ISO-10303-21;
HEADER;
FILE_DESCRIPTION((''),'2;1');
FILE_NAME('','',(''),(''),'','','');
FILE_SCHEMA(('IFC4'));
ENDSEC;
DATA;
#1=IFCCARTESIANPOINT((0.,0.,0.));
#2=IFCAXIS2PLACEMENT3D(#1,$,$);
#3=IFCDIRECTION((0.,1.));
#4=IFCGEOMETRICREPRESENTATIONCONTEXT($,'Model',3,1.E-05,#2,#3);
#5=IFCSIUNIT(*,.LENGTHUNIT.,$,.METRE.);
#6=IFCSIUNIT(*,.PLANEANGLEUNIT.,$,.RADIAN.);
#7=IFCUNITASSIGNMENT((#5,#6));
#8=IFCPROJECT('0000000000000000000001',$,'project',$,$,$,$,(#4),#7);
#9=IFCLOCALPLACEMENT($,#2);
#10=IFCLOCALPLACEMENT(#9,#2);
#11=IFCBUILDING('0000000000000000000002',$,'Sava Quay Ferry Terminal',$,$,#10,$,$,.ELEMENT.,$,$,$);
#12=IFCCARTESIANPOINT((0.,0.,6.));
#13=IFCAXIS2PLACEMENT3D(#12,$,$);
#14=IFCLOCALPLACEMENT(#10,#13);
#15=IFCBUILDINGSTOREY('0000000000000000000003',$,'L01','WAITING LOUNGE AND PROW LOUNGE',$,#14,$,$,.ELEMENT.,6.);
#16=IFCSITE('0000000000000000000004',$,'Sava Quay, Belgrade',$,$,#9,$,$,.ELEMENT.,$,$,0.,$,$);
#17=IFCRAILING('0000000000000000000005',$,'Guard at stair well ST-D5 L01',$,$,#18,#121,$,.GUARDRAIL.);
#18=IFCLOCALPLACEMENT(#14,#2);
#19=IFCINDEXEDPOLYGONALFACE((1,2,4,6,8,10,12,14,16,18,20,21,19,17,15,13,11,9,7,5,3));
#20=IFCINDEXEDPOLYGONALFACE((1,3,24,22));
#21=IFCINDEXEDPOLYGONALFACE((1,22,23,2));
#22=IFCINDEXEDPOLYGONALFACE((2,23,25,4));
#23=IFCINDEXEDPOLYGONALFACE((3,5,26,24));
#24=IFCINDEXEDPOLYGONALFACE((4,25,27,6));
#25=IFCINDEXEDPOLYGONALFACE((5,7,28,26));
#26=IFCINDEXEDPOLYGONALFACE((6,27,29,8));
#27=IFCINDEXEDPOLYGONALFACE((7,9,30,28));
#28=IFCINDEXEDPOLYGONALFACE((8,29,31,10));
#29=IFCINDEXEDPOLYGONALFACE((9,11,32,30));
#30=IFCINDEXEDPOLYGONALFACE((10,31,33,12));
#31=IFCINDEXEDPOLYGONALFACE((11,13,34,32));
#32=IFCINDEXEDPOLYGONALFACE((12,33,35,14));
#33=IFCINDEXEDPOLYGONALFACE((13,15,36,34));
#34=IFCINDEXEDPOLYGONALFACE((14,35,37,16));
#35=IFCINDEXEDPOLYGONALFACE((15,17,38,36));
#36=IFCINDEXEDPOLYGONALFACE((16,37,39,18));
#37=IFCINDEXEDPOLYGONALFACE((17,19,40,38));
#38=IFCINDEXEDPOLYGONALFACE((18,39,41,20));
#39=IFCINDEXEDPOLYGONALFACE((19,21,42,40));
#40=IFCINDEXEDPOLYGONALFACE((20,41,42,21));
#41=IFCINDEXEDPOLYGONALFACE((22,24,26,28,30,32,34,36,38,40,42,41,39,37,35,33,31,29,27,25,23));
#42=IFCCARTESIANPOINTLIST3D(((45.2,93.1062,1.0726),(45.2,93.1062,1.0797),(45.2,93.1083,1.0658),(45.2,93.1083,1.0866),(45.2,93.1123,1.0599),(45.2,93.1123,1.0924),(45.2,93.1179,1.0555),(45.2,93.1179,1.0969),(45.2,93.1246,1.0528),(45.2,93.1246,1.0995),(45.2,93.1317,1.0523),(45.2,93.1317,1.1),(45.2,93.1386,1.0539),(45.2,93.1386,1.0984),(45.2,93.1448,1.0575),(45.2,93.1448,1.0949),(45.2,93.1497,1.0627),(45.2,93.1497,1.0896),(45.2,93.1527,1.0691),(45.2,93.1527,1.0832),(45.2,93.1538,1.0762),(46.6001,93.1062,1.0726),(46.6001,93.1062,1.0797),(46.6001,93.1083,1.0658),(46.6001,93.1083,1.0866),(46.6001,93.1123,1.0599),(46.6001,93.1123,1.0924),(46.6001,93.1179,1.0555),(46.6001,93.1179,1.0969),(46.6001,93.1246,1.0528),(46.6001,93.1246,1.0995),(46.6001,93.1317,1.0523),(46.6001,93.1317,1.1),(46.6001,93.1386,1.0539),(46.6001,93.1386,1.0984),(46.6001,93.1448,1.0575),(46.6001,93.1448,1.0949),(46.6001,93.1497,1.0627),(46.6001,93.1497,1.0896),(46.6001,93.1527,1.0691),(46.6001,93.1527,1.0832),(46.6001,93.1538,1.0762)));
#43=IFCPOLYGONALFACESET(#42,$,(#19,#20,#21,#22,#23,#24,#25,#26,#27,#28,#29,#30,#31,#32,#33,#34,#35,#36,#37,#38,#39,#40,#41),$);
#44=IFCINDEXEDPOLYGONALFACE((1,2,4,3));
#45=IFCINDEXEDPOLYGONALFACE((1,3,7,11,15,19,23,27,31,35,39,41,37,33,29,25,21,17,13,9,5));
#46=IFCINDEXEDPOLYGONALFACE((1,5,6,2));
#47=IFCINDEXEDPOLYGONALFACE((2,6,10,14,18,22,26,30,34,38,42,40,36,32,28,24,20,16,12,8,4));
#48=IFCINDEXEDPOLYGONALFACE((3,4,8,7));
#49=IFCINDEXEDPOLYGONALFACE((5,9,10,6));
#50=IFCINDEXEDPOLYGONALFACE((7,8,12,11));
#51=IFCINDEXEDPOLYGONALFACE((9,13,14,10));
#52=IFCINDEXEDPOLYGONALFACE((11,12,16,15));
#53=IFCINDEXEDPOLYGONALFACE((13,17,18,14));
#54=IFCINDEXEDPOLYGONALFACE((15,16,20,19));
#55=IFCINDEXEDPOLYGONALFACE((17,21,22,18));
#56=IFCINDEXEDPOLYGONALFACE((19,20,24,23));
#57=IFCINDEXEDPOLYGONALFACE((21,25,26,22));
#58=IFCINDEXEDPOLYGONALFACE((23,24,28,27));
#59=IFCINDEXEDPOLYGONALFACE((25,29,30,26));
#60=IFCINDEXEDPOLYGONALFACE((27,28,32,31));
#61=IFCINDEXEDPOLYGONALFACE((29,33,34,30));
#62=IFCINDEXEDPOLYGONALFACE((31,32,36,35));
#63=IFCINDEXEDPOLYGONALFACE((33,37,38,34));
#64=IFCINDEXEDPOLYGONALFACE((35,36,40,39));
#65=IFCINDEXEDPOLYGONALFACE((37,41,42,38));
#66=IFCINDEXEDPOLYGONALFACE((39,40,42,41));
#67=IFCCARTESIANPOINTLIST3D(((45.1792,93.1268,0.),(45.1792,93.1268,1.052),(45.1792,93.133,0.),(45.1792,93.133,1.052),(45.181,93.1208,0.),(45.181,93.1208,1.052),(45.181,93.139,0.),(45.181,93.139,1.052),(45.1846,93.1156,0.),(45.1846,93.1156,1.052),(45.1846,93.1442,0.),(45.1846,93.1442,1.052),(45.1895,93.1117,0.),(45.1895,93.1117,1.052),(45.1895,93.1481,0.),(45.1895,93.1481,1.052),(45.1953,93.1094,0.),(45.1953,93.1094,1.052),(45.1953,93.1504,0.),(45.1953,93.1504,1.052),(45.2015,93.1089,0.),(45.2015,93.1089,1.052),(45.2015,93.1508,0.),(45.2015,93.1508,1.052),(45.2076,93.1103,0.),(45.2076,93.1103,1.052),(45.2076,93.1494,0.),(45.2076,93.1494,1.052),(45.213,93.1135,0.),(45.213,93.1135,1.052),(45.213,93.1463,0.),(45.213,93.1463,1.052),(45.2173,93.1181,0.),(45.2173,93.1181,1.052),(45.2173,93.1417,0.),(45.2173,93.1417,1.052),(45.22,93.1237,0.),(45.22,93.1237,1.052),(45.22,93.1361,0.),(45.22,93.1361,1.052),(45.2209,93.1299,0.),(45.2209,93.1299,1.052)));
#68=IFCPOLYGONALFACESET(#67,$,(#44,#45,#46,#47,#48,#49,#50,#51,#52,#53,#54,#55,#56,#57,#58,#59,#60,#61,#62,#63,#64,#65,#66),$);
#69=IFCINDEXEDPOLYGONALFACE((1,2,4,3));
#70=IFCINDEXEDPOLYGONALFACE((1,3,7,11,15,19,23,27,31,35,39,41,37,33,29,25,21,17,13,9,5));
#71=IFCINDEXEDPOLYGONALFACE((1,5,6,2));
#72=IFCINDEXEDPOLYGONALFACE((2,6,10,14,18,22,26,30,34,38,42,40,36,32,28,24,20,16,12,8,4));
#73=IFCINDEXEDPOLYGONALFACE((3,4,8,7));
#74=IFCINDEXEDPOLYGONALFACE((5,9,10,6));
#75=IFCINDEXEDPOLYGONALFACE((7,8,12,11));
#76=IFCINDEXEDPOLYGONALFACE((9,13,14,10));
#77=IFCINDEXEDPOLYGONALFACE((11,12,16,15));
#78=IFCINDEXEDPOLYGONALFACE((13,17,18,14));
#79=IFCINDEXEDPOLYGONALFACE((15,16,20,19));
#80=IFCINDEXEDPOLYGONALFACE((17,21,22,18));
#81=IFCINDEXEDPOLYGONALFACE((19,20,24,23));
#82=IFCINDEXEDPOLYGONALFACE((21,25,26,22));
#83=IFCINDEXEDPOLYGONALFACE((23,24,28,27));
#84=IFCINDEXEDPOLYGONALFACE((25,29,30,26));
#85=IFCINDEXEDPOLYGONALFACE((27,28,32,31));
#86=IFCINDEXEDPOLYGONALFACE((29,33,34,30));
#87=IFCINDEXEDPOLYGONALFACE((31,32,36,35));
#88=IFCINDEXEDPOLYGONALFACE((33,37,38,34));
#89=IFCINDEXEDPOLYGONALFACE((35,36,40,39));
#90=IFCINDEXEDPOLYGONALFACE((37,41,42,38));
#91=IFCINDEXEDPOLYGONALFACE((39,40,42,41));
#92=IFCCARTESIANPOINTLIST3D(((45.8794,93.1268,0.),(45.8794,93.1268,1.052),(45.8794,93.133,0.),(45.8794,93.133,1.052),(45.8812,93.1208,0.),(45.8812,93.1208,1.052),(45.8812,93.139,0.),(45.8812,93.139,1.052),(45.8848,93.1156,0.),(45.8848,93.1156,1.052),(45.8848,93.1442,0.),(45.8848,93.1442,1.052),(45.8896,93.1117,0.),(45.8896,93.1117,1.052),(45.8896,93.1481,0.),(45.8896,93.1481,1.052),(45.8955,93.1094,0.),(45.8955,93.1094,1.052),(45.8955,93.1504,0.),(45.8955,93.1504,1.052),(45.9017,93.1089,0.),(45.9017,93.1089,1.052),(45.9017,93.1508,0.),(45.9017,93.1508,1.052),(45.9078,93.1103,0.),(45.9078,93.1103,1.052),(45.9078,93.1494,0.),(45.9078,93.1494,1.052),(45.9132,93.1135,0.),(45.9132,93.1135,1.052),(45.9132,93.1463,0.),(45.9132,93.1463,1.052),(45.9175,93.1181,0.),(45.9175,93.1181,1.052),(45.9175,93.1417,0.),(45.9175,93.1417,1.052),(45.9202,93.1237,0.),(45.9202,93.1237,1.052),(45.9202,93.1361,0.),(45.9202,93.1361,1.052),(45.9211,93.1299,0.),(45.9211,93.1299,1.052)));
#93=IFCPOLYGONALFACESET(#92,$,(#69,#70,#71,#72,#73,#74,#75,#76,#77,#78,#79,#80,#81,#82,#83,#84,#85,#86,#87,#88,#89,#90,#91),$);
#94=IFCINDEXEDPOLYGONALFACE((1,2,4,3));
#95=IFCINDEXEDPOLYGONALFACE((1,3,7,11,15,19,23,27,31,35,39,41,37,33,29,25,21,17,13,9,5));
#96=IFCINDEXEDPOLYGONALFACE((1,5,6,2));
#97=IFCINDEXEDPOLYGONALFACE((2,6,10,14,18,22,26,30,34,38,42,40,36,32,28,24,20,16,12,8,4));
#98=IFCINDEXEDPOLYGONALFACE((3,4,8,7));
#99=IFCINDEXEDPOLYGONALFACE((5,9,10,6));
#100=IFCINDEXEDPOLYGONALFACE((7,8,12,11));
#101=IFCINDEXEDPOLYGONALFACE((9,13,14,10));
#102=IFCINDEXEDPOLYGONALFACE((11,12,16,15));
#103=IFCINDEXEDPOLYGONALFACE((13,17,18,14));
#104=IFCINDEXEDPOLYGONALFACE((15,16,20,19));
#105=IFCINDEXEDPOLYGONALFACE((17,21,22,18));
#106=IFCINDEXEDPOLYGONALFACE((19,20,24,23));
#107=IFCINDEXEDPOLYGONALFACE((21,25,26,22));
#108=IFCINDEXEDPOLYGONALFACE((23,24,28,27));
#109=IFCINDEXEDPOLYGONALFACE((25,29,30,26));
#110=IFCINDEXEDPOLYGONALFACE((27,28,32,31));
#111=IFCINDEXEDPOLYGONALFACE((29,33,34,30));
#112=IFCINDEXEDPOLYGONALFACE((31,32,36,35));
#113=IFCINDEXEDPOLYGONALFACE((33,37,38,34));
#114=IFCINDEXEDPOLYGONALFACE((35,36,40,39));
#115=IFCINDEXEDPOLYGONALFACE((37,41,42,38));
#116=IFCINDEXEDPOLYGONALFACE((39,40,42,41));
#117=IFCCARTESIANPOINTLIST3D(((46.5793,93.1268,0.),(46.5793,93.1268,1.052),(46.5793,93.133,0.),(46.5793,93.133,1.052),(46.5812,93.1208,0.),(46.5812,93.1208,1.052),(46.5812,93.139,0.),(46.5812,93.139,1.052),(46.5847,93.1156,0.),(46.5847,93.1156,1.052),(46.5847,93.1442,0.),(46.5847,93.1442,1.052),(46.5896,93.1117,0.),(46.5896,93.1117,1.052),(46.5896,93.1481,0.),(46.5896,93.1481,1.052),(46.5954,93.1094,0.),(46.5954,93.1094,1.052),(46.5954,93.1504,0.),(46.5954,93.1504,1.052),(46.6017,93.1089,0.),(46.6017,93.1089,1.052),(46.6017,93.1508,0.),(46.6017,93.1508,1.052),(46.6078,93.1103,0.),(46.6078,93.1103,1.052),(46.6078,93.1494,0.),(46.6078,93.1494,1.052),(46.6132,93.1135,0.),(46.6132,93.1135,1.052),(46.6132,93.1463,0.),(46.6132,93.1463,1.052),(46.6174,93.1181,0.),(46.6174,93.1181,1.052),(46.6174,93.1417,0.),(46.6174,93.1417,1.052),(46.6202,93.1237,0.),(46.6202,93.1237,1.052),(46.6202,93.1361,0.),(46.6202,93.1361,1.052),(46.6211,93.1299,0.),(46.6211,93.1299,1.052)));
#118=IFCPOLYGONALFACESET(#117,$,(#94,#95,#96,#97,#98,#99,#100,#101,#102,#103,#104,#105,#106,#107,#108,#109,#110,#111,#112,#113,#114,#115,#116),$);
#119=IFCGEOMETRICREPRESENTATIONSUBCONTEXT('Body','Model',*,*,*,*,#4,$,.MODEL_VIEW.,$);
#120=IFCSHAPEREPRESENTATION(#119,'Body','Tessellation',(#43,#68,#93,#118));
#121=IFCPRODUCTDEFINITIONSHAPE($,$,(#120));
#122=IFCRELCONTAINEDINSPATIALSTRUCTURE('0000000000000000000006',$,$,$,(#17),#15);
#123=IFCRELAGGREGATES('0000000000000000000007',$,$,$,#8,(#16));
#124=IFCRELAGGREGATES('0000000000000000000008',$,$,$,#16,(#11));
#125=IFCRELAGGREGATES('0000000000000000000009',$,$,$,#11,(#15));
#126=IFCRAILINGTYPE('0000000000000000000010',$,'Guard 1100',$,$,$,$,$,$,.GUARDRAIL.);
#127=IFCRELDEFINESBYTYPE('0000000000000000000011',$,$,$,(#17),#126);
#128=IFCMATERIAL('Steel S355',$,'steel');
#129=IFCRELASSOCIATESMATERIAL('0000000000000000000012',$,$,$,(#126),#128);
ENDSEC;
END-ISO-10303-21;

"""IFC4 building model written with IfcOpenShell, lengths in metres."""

from ifc_helpers import new_model, si_unit, direction, frame, origin, origin_2d, place, context, subcontext, project, spatial, circle, extrude, material, type_object, element, save


model = new_model("IFC4")

# Units and contexts
model_context = context("Model", 3, precision=1e-05, world=origin(), true_north=direction((0.0, 1.0)))
body_context = subcontext(model_context, "Body", "Model", "MODEL_VIEW")
ifc_project = project(units=[si_unit("LENGTHUNIT", "METRE"), si_unit("PLANEANGLEUNIT", "RADIAN")], contexts=[model_context])

# Site, building, storey
site_placement = place(None, origin())
site = spatial("IfcSite", under=ifc_project, at=site_placement, Name="Sava Quay, Belgrade", CompositionType="ELEMENT", RefElevation=0.0)
building_placement = place(site_placement, origin())
building = spatial("IfcBuilding", under=site, at=building_placement, Name="Sava Quay Ferry Terminal", CompositionType="ELEMENT")
storey_placement = place(building_placement, frame((0.0, 0.0, 6.0)))
storey = spatial("IfcBuildingStorey", under=building, at=storey_placement, Name="L01", Description="WAITING LOUNGE AND PROW LOUNGE", CompositionType="ELEMENT", Elevation=6.0)

# Railing
ifc_material_1 = material(Name="Steel S355", Category="steel")
railing_type_1 = type_object("IfcRailingType", Name="Guard 1100", PredefinedType="GUARDRAIL", material=ifc_material_1)
railing_1_placement = place(storey_placement, frame((45.2, 93.1299, 0.0)))
element("IfcRailing", 1, at=railing_1_placement, inside=storey, type_object=railing_type_1, Name="Guard at stair well ST-D5 L01", PredefinedType="GUARDRAIL", context=body_context, shape_type="SweptSolid", body=[
    extrude(circle(Radius=0.0239, at=origin_2d()), frame((0.0, 0.0, 1.0762), z_axis=(1.0, 0.0, 0.0), x_axis=(0.0, 1.0, 0.0)), (0.0, 0.0, 1.0), 1.4001),
    extrude(circle(Radius=0.021, at=origin_2d()), origin(), (0.0, 0.0, 1.0), 1.052),
    extrude(circle(Radius=0.021, at=origin_2d()), frame((0.7002, 0.0, 0.0)), (0.0, 0.0, 1.0), 1.052),
    extrude(circle(Radius=0.021, at=origin_2d()), frame((1.4001, 0.0, 0.0)), (0.0, 0.0, 1.0), 1.052),
])

save(model, "model.ifc")
